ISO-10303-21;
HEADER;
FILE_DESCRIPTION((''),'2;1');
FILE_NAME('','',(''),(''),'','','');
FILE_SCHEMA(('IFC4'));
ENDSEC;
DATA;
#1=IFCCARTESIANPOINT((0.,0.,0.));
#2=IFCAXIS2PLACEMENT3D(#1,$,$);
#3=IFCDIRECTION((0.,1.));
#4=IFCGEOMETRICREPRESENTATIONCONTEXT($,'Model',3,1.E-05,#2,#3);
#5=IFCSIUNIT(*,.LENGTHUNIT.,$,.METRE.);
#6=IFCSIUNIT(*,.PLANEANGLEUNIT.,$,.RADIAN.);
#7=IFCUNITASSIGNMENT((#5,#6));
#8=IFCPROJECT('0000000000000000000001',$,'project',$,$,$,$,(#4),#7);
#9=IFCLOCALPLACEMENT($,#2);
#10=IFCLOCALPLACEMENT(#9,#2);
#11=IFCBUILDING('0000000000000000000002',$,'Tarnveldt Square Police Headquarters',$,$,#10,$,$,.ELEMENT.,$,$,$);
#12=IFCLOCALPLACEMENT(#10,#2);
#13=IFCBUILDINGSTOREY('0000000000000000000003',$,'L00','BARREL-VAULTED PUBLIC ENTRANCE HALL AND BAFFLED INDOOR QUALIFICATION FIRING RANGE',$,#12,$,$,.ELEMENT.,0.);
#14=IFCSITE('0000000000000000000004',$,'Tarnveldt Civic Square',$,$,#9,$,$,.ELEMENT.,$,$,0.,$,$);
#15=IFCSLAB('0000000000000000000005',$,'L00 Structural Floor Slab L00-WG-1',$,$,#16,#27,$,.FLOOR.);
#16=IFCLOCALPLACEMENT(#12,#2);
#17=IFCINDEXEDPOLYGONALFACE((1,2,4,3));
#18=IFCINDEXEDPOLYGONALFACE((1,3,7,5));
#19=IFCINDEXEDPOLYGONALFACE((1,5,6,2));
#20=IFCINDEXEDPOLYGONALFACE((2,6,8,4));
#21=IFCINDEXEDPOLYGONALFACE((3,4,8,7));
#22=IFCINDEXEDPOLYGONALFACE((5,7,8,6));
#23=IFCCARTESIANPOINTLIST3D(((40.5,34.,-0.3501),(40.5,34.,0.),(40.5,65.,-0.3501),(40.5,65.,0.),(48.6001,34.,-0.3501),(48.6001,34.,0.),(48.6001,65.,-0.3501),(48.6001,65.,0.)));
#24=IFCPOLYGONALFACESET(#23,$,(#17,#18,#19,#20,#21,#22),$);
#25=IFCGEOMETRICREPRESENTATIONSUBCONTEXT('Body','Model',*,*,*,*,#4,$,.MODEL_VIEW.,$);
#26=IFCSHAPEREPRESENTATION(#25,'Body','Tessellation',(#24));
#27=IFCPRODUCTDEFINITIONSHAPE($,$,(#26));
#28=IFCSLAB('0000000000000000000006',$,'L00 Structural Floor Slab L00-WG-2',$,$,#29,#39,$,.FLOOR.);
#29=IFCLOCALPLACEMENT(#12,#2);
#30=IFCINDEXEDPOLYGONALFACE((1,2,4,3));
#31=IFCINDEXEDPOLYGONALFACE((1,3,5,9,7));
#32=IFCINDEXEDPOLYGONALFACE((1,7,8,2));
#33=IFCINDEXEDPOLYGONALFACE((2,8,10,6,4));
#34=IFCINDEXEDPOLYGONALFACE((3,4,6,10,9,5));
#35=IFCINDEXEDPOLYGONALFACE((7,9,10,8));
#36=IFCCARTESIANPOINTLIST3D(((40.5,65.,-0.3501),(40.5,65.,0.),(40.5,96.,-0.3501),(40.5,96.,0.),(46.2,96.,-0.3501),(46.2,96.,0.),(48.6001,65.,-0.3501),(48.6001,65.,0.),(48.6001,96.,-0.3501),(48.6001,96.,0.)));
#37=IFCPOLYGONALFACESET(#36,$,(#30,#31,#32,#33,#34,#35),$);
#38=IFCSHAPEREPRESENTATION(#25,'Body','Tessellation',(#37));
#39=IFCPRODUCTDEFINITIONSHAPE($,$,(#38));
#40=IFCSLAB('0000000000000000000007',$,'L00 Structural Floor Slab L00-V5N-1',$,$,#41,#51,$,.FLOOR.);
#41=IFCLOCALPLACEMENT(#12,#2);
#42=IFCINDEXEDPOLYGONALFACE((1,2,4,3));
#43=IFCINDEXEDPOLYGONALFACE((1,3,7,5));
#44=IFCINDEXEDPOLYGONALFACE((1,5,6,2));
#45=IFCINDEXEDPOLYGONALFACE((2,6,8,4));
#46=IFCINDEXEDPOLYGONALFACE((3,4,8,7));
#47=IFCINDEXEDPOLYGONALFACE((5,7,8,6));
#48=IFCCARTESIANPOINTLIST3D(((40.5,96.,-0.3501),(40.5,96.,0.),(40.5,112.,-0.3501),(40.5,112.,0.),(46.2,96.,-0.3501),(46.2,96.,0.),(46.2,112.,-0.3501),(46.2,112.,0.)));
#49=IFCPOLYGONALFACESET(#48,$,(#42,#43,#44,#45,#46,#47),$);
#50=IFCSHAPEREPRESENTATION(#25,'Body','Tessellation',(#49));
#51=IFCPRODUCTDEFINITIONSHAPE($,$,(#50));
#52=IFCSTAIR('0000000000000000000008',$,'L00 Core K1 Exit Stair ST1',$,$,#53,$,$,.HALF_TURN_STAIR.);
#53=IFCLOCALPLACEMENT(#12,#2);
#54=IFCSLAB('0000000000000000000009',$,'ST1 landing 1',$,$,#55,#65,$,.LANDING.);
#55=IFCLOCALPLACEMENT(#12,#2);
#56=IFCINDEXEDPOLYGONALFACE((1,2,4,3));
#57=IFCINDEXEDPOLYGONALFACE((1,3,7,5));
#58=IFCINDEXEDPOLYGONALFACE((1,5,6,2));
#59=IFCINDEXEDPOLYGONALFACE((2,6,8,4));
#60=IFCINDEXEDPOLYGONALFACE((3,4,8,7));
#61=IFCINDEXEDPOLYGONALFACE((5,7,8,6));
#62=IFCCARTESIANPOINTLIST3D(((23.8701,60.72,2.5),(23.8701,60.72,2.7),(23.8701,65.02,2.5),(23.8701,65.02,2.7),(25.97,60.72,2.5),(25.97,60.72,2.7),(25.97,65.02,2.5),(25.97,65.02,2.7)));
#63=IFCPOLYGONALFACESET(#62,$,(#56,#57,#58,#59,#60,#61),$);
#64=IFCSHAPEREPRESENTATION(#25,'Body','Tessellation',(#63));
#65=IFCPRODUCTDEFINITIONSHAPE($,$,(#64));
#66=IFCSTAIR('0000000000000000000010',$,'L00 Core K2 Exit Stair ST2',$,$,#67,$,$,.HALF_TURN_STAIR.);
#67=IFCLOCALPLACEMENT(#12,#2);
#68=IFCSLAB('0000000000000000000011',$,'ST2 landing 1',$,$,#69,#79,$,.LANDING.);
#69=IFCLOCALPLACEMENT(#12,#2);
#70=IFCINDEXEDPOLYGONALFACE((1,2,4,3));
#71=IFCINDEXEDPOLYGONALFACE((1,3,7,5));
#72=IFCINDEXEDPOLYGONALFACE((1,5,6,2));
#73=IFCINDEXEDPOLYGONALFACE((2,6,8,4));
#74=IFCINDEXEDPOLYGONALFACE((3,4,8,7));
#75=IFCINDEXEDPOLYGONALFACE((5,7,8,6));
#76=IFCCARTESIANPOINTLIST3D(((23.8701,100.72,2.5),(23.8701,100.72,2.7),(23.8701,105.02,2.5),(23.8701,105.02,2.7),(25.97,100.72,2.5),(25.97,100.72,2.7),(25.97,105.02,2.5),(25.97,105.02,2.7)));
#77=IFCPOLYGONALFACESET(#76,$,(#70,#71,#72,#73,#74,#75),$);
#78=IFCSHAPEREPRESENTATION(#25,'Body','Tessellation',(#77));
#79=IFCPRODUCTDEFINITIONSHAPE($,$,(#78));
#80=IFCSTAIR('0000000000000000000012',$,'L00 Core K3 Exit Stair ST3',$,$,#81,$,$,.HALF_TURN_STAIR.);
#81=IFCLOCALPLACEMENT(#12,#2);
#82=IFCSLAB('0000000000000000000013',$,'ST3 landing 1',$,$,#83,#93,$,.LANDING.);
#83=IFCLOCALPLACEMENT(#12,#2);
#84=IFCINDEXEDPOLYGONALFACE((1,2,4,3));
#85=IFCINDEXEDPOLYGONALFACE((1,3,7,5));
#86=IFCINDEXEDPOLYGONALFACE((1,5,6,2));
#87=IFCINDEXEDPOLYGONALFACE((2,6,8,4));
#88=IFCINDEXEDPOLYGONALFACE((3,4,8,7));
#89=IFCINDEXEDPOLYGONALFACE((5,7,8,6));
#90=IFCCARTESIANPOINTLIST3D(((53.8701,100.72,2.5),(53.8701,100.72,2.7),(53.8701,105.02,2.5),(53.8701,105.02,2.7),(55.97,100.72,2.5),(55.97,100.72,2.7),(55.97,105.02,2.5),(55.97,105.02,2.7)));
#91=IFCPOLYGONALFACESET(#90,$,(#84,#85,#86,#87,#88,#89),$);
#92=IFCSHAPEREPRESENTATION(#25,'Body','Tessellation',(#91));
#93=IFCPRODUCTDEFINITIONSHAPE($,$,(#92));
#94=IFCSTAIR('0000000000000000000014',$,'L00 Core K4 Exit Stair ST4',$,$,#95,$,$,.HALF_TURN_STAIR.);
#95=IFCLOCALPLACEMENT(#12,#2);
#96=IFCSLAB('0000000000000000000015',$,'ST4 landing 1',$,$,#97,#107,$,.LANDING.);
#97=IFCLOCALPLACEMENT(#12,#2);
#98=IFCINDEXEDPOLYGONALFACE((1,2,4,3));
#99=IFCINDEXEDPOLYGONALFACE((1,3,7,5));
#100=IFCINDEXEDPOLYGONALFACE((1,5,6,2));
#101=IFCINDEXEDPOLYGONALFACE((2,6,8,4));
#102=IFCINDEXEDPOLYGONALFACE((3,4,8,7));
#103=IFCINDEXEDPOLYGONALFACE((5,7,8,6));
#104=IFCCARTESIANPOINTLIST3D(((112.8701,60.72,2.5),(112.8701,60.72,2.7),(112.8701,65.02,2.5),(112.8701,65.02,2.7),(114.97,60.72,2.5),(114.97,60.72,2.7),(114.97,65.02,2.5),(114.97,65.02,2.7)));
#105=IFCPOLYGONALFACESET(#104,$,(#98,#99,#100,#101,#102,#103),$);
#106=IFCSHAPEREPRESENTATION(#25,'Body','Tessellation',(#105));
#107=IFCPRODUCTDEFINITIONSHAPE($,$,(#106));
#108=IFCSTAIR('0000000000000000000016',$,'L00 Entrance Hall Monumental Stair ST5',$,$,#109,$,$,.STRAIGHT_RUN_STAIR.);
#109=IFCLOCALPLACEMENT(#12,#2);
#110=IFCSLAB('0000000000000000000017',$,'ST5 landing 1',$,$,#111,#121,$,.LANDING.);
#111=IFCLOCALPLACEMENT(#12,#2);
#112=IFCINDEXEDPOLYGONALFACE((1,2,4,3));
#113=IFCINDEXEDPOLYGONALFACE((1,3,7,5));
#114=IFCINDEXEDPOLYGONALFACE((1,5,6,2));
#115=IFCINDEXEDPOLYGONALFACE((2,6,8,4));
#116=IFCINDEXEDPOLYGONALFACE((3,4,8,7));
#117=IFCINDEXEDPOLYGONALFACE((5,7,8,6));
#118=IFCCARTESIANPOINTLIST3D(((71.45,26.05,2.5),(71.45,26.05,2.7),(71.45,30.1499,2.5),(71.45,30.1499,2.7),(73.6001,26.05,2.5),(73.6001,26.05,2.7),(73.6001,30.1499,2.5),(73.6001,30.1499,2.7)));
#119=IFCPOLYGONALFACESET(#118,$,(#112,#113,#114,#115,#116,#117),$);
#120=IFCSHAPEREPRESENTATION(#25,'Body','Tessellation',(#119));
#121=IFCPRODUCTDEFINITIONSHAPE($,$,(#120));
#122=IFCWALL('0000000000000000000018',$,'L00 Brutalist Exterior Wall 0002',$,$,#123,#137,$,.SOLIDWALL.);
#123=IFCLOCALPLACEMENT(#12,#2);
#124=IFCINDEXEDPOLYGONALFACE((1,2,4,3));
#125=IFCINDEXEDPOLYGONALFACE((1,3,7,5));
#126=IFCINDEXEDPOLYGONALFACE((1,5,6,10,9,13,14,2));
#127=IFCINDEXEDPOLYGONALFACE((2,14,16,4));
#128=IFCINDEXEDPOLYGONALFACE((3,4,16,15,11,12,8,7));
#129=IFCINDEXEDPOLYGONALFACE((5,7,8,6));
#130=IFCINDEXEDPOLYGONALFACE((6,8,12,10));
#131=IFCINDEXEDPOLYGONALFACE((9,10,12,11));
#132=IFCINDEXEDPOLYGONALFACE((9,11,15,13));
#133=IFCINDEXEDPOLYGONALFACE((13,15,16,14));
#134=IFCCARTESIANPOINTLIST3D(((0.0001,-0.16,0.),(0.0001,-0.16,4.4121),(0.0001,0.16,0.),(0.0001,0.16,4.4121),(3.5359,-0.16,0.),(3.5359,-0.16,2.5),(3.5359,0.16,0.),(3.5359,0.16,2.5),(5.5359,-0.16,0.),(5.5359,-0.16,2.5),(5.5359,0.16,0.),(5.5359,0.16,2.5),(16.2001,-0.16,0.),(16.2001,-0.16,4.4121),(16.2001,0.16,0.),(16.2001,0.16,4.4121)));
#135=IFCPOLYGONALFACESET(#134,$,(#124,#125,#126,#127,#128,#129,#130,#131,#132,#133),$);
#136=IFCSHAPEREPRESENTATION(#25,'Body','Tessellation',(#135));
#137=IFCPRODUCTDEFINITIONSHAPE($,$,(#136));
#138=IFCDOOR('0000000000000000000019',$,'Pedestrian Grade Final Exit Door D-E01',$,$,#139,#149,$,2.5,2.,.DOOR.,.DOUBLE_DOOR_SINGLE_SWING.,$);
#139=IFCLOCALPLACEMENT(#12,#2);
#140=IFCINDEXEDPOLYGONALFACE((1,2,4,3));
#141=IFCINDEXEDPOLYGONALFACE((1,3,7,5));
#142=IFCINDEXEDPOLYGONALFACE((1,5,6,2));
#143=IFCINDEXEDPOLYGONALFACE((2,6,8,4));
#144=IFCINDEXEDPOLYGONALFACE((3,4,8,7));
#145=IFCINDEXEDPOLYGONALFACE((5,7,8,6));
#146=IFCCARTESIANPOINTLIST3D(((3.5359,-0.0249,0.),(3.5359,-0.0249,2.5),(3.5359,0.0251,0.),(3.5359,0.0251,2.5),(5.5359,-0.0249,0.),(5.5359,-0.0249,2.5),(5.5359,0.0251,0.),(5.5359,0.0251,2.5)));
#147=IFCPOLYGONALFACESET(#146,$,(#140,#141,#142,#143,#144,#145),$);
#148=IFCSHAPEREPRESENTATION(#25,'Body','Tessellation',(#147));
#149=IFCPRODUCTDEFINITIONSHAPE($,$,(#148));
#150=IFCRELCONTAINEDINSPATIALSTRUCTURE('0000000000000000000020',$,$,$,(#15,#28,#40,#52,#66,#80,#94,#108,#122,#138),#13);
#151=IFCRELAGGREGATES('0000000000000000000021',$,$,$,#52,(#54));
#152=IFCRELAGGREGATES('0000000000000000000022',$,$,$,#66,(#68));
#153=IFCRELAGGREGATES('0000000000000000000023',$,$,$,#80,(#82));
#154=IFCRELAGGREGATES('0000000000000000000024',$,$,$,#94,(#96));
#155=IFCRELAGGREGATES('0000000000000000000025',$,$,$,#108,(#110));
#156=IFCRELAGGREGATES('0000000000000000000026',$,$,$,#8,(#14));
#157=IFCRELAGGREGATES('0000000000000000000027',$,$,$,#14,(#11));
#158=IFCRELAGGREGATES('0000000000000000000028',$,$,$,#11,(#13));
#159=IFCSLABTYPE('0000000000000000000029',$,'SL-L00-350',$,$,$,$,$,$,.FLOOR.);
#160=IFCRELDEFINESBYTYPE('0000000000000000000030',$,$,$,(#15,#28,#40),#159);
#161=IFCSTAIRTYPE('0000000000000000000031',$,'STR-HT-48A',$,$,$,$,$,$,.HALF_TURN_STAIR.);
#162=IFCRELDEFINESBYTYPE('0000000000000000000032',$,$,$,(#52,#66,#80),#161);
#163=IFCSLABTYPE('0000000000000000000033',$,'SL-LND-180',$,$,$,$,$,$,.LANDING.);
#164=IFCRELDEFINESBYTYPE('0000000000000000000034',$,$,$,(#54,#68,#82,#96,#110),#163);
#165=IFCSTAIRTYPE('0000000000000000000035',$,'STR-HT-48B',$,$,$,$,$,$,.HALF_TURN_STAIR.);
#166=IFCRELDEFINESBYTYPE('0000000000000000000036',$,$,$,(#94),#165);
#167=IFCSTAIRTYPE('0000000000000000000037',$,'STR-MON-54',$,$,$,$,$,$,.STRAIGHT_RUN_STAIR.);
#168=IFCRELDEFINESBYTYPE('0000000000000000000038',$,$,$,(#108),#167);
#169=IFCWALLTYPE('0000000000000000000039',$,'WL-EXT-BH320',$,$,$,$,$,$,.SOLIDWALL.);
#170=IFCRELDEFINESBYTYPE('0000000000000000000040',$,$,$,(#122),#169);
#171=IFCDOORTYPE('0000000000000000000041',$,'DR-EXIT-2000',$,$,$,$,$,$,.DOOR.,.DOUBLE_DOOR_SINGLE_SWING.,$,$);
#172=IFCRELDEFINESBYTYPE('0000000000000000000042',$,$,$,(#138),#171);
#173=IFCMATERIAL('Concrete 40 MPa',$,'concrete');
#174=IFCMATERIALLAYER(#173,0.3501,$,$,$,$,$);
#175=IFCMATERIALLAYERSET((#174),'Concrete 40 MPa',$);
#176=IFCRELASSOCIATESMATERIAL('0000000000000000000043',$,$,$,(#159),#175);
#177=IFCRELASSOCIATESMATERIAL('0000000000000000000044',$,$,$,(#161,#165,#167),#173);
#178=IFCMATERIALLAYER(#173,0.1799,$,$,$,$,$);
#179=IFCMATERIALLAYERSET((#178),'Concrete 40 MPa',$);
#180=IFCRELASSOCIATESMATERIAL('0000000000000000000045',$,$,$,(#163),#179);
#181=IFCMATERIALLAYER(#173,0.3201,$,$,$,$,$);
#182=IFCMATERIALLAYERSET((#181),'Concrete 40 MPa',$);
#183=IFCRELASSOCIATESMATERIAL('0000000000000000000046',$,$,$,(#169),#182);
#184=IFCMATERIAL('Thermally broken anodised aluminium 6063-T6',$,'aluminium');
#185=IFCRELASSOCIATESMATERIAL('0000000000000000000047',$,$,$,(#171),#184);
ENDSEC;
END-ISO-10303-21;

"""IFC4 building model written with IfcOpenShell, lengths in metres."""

from ifc_helpers import new_model, si_unit, direction, frame, frame_2d, origin, origin_with_axes, place, context, subcontext, project, spatial, polyline, rectangle, outline, extrude, material, layer, layer_set, type_object, element, fill, aggregate, save


model = new_model("IFC4")

# Units and contexts
model_context = context("Model", 3, precision=1e-05, world=origin(), true_north=direction((0.0, 1.0)))
body_context = subcontext(model_context, "Body", "Model", "MODEL_VIEW")
ifc_project = project(units=[si_unit("LENGTHUNIT", "METRE"), si_unit("PLANEANGLEUNIT", "RADIAN")], contexts=[model_context])

# Site, building, storey
site_placement = place(None, origin())
site = spatial("IfcSite", under=ifc_project, at=site_placement, Name="Tarnveldt Civic Square", CompositionType="ELEMENT", RefElevation=0.0)
building_placement = place(site_placement, origin())
building = spatial("IfcBuilding", under=site, at=building_placement, Name="Tarnveldt Square Police Headquarters", CompositionType="ELEMENT")
storey_placement = place(building_placement, origin())
storey = spatial("IfcBuildingStorey", under=building, at=storey_placement, Name="L00", Description="BARREL-VAULTED PUBLIC ENTRANCE HALL AND BAFFLED INDOOR QUALIFICATION FIRING RANGE", CompositionType="ELEMENT", Elevation=0.0)

# Shared definitions
ifc_material_1 = material(Name="Concrete 40 MPa", Category="concrete")

# Slabs
ifc_layer_1 = layer(ifc_material_1, 0.3501)
ifc_layer_set_1 = layer_set([ifc_layer_1], Name="Concrete 40 MPa")
slab_type_1 = type_object("IfcSlabType", Name="SL-L00-350", PredefinedType="FLOOR", material=ifc_layer_set_1)
slab_1_placement = place(storey_placement, frame((0.0, 0.0, -0.3501)))
element("IfcSlab", 1, at=slab_1_placement, inside=storey, type_object=slab_type_1, Name="L00 Structural Floor Slab L00-WG-1", PredefinedType="FLOOR", context=body_context, shape_type="SweptSolid", body=[
    extrude(outline(polyline([(40.5, 65.0), (48.6001, 65.0), (48.6001, 34.0), (40.5, 34.0), (40.5, 65.0)])), origin(), (0.0, 0.0, 1.0), 0.3501),
])
slab_2_placement = place(storey_placement, frame((0.0, 0.0, -0.3501)))
element("IfcSlab", 2, at=slab_2_placement, inside=storey, type_object=slab_type_1, Name="L00 Structural Floor Slab L00-WG-2", PredefinedType="FLOOR", context=body_context, shape_type="SweptSolid", body=[
    extrude(outline(polyline([(40.5, 96.0), (46.2, 96.0), (48.6001, 96.0), (48.6001, 65.0), (40.5, 65.0), (40.5, 96.0)])), origin(), (0.0, 0.0, 1.0), 0.3501),
])
slab_3_placement = place(storey_placement, frame((0.0, 0.0, -0.3501)))
element("IfcSlab", 3, at=slab_3_placement, inside=storey, type_object=slab_type_1, Name="L00 Structural Floor Slab L00-V5N-1", PredefinedType="FLOOR", context=body_context, shape_type="SweptSolid", body=[
    extrude(outline(polyline([(40.5, 96.0), (40.5, 112.0), (46.2, 112.0), (46.2, 96.0), (40.5, 96.0)])), origin(), (0.0, 0.0, 1.0), 0.3501),
])

# Stairs, slabs
stair_type_1 = type_object("IfcStairType", Name="STR-HT-48A", PredefinedType="HALF_TURN_STAIR", material=ifc_material_1)
stair_1_placement = place(storey_placement, origin())
stair_1 = element("IfcStair", 4, at=stair_1_placement, inside=storey, type_object=stair_type_1, Name="L00 Core K1 Exit Stair ST1", PredefinedType="HALF_TURN_STAIR")
ifc_layer_2 = layer(ifc_material_1, 0.1799)
ifc_layer_set_2 = layer_set([ifc_layer_2], Name="Concrete 40 MPa")
slab_type_2 = type_object("IfcSlabType", Name="SL-LND-180", PredefinedType="LANDING", material=ifc_layer_set_2)
slab_4_placement = place(storey_placement, frame((0.0, 0.0, 2.5)))
slab_4 = element("IfcSlab", 5, at=slab_4_placement, type_object=slab_type_2, Name="ST1 landing 1", PredefinedType="LANDING", context=body_context, shape_type="SweptSolid", body=[
    extrude(outline(polyline([(23.8701, 60.72), (25.97, 60.72), (25.97, 65.02), (23.8701, 65.02), (23.8701, 60.72)])), origin(), (0.0, 0.0, 1.0), 0.2),
])
aggregate(stair_1, [slab_4])
stair_2_placement = place(storey_placement, origin())
stair_2 = element("IfcStair", 6, at=stair_2_placement, inside=storey, type_object=stair_type_1, Name="L00 Core K2 Exit Stair ST2", PredefinedType="HALF_TURN_STAIR")
slab_5_placement = place(storey_placement, frame((0.0, 0.0, 2.5)))
slab_5 = element("IfcSlab", 7, at=slab_5_placement, type_object=slab_type_2, Name="ST2 landing 1", PredefinedType="LANDING", context=body_context, shape_type="SweptSolid", body=[
    extrude(outline(polyline([(23.8701, 100.72), (25.97, 100.72), (25.97, 105.02), (23.8701, 105.02), (23.8701, 100.72)])), origin(), (0.0, 0.0, 1.0), 0.2),
])
aggregate(stair_2, [slab_5])
stair_3_placement = place(storey_placement, origin())
stair_3 = element("IfcStair", 8, at=stair_3_placement, inside=storey, type_object=stair_type_1, Name="L00 Core K3 Exit Stair ST3", PredefinedType="HALF_TURN_STAIR")
slab_6_placement = place(storey_placement, frame((0.0, 0.0, 2.5)))
slab_6 = element("IfcSlab", 9, at=slab_6_placement, type_object=slab_type_2, Name="ST3 landing 1", PredefinedType="LANDING", context=body_context, shape_type="SweptSolid", body=[
    extrude(outline(polyline([(53.8701, 100.72), (55.97, 100.72), (55.97, 105.02), (53.8701, 105.02), (53.8701, 100.72)])), origin(), (0.0, 0.0, 1.0), 0.2),
])
aggregate(stair_3, [slab_6])
stair_type_2 = type_object("IfcStairType", Name="STR-HT-48B", PredefinedType="HALF_TURN_STAIR", material=ifc_material_1)
stair_4_placement = place(storey_placement, origin())
stair_4 = element("IfcStair", 10, at=stair_4_placement, inside=storey, type_object=stair_type_2, Name="L00 Core K4 Exit Stair ST4", PredefinedType="HALF_TURN_STAIR")
slab_7_placement = place(storey_placement, frame((0.0, 0.0, 2.5)))
slab_7 = element("IfcSlab", 11, at=slab_7_placement, type_object=slab_type_2, Name="ST4 landing 1", PredefinedType="LANDING", context=body_context, shape_type="SweptSolid", body=[
    extrude(outline(polyline([(112.8701, 60.72), (114.97, 60.72), (114.97, 65.02), (112.8701, 65.02), (112.8701, 60.72)])), origin(), (0.0, 0.0, 1.0), 0.2),
])
aggregate(stair_4, [slab_7])
stair_type_3 = type_object("IfcStairType", Name="STR-MON-54", PredefinedType="STRAIGHT_RUN_STAIR", material=ifc_material_1)
stair_5_placement = place(storey_placement, origin())
stair_5 = element("IfcStair", 12, at=stair_5_placement, inside=storey, type_object=stair_type_3, Name="L00 Entrance Hall Monumental Stair ST5", PredefinedType="STRAIGHT_RUN_STAIR")
slab_8_placement = place(storey_placement, frame((0.0, 0.0, 2.5)))
slab_8 = element("IfcSlab", 13, at=slab_8_placement, type_object=slab_type_2, Name="ST5 landing 1", PredefinedType="LANDING", context=body_context, shape_type="SweptSolid", body=[
    extrude(outline(polyline([(71.45, 26.05), (73.6001, 26.05), (73.6001, 30.1499), (71.45, 30.1499), (71.45, 26.05)])), origin(), (0.0, 0.0, 1.0), 0.2),
])
aggregate(stair_5, [slab_8])

# Wall, opening, door
ifc_layer_3 = layer(ifc_material_1, 0.3201)
ifc_layer_set_3 = layer_set([ifc_layer_3], Name="Concrete 40 MPa")
wall_type = type_object("IfcWallType", Name="WL-EXT-BH320", PredefinedType="SOLIDWALL", material=ifc_layer_set_3)
wall_placement = place(storey_placement, origin_with_axes())
wall = element("IfcWall", 14, at=wall_placement, inside=storey, type_object=wall_type, Name="L00 Brutalist Exterior Wall 0002", PredefinedType="SOLIDWALL", context=body_context, shape_type="SweptSolid", body=[
    extrude(rectangle(XDim=16.2, YDim=0.3201, at=frame_2d((8.1001, 0.0))), origin(), (0.0, 0.0, 1.0), 4.4121),
])
opening_placement = place(wall_placement, frame((3.5359, 0.0, 0.0)))
opening = element("IfcOpeningElement", 15, at=opening_placement, cuts=wall, PredefinedType="OPENING", context=body_context, shape_type="SweptSolid", body=[
    extrude(rectangle(XDim=2.0, YDim=2.5, at=frame_2d((1.0, 1.25))), frame((0.0, 0.1699, 0.0), z_axis=(0.0, -1.0, 0.0), x_axis=(1.0, 0.0, 0.0)), (0.0, 0.0, 1.0), 0.3401),
])
ifc_material_2 = material(Name="Thermally broken anodised aluminium 6063-T6", Category="aluminium")
door_type = type_object("IfcDoorType", Name="DR-EXIT-2000", OperationType="DOUBLE_DOOR_SINGLE_SWING", PredefinedType="DOOR", material=ifc_material_2)
door_placement = place(opening_placement, frame((2.0, 0.0, 0.0), z_axis=(0.0, 0.0, 1.0), x_axis=(-1.0, 0.0, 0.0)))
door = element("IfcDoor", 16, at=door_placement, inside=storey, type_object=door_type, Name="Pedestrian Grade Final Exit Door D-E01", OperationType="DOUBLE_DOOR_SINGLE_SWING", OverallHeight=2.5, OverallWidth=2.0, PredefinedType="DOOR", context=body_context, shape_type="SweptSolid", body=[
    extrude(rectangle(XDim=2.0, YDim=2.5, at=frame_2d((1.0, 1.25))), frame((0.0, 0.0249, 0.0), z_axis=(0.0, -1.0, 0.0), x_axis=(1.0, 0.0, 0.0)), (0.0, 0.0, 1.0), 0.05),
])
fill(opening, door)

save(model, "model.ifc")
